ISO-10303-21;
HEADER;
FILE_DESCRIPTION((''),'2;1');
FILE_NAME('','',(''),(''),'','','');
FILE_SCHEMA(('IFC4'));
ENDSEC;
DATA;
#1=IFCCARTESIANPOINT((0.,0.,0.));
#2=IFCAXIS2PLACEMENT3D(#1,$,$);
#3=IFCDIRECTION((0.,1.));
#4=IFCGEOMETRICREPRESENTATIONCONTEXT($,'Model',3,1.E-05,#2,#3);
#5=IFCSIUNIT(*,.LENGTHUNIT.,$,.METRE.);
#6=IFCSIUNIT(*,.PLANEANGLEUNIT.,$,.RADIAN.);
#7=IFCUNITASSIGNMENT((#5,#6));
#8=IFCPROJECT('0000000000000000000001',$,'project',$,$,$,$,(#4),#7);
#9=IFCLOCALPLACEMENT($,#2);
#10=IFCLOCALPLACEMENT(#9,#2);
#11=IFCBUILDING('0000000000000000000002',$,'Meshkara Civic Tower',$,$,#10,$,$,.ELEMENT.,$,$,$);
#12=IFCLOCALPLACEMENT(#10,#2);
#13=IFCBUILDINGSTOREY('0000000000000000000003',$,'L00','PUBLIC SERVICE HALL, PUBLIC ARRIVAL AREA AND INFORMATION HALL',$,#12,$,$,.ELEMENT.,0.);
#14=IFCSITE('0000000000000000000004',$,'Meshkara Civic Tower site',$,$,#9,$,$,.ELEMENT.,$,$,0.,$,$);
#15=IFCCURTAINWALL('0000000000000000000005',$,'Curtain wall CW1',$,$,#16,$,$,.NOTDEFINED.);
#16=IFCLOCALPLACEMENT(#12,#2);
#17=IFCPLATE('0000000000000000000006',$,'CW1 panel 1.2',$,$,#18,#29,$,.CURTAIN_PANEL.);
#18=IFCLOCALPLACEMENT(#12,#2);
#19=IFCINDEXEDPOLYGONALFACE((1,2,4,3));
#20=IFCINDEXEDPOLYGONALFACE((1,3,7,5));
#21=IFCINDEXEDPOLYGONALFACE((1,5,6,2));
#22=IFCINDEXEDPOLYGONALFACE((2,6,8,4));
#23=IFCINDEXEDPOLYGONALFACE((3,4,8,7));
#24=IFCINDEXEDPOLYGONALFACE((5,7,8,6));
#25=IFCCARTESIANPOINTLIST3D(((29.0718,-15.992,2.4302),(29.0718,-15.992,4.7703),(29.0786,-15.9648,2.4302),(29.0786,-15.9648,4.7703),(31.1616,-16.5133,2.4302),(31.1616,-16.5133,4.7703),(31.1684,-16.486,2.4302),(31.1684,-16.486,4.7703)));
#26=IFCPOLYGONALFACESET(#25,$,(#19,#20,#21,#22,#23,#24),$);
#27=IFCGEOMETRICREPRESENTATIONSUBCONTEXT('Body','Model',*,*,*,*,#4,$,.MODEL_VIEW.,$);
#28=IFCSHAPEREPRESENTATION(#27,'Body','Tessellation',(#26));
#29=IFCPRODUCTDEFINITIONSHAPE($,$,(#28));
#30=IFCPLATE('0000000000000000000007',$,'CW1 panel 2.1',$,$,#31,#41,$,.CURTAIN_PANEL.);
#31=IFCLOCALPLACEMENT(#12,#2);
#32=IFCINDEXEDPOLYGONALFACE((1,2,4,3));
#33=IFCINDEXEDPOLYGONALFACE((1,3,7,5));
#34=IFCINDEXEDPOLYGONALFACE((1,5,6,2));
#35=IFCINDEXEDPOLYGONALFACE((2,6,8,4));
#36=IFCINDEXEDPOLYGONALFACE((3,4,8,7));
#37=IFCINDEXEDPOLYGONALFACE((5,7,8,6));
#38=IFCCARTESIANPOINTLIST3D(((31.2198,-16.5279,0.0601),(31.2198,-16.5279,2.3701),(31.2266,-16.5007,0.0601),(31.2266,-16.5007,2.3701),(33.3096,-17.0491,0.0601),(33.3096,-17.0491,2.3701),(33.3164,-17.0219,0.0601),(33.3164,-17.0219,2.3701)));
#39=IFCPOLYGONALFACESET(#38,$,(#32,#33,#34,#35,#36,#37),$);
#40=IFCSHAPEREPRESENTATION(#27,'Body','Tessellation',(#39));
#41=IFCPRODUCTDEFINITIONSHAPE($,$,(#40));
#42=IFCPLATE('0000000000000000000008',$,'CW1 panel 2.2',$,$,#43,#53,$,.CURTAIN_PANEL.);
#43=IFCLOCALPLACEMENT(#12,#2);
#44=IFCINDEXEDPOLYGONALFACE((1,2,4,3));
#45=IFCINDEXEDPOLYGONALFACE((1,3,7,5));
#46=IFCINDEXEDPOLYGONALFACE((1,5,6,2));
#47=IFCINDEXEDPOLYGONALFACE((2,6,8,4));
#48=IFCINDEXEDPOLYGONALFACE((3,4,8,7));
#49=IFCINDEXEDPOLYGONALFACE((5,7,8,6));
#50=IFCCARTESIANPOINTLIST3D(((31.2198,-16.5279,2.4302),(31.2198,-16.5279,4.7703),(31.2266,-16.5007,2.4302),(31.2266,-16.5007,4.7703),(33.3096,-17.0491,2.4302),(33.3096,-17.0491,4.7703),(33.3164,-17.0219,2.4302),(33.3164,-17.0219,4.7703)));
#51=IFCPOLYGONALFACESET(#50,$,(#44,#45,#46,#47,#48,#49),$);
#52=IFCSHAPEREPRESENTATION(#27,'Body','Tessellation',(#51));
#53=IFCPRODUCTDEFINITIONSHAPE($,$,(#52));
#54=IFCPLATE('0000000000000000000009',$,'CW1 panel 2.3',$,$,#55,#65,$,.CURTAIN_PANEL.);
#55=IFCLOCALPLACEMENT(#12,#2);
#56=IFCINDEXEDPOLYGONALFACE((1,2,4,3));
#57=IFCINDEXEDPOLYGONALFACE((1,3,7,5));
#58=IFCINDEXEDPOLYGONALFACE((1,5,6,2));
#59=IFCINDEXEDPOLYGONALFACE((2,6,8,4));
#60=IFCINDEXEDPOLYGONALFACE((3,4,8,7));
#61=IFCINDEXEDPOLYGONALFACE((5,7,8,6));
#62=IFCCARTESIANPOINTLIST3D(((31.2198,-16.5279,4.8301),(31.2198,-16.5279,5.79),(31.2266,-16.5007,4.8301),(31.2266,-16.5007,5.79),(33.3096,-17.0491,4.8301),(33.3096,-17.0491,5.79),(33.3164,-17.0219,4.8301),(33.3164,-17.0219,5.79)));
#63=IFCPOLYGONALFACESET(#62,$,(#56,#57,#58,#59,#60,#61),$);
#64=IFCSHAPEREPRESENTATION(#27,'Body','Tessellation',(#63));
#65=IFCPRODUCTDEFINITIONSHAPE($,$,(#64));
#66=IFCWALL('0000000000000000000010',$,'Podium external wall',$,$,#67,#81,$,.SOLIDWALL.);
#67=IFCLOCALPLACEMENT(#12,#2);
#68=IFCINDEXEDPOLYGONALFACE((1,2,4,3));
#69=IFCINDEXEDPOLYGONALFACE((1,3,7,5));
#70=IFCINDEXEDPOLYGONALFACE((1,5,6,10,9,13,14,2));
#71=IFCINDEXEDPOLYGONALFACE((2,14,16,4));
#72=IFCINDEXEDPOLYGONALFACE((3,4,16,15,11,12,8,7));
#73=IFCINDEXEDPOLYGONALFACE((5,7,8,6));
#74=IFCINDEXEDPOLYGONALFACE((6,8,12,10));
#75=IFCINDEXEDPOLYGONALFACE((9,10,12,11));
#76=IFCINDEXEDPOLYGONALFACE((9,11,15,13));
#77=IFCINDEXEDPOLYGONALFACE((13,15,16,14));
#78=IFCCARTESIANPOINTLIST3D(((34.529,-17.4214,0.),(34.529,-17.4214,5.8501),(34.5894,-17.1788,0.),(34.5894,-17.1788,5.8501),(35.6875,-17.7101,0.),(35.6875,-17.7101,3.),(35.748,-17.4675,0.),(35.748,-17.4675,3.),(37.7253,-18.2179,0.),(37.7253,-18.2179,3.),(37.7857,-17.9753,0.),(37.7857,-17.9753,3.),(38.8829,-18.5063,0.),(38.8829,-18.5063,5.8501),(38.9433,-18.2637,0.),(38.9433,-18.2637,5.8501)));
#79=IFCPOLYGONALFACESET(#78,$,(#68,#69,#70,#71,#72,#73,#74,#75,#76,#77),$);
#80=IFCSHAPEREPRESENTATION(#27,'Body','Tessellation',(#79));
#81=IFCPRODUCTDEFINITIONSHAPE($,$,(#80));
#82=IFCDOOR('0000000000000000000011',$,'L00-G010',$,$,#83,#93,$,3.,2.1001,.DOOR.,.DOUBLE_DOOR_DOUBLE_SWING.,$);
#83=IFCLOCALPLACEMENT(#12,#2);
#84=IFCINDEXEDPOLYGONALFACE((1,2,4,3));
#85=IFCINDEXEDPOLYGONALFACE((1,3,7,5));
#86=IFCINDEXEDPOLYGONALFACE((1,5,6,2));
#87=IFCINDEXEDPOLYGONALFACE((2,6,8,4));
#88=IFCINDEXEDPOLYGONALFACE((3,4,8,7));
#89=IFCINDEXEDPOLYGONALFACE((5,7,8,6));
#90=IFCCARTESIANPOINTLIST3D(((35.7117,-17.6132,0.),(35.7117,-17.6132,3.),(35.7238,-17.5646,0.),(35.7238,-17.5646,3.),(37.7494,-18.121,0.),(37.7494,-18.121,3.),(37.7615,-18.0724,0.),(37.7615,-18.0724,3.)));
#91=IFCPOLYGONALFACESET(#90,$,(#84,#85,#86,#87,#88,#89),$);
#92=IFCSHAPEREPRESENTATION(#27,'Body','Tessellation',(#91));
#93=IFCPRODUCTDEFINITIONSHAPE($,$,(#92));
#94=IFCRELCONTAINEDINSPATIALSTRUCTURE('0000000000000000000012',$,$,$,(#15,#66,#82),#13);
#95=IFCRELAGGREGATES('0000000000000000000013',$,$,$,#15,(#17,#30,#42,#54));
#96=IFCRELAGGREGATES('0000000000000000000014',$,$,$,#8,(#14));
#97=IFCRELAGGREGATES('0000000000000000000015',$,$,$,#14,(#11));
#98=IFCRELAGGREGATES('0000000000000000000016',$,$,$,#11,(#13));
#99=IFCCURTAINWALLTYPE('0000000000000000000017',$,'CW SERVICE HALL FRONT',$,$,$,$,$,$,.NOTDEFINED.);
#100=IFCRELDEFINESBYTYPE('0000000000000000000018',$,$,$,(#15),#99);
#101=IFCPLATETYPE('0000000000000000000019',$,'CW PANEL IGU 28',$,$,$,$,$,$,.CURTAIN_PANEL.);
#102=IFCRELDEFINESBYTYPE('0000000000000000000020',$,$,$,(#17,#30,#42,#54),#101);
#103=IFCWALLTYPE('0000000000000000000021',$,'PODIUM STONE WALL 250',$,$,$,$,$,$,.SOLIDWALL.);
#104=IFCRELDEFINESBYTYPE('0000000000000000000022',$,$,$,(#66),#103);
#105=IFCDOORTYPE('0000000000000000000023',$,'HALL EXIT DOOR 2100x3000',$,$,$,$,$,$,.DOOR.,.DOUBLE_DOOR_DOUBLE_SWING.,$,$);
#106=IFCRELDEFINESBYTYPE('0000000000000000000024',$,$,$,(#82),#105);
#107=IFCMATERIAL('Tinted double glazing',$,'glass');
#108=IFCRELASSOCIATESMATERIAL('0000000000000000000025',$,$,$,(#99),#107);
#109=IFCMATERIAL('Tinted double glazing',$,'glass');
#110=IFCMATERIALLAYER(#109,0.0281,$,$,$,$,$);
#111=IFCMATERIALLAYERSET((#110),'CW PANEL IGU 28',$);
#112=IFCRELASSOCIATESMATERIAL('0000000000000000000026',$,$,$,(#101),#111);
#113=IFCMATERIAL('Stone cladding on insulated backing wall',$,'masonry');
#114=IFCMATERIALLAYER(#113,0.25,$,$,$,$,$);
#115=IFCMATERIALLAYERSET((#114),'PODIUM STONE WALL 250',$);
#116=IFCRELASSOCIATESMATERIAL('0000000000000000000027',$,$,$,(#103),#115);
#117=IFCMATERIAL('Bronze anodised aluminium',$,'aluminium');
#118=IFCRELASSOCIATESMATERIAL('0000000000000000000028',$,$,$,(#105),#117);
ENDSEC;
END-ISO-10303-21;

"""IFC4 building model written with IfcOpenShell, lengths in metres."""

from ifc_helpers import new_model, si_unit, direction, frame, frame_2d, origin, origin_2d, place, context, subcontext, project, spatial, rectangle, extrude, material, layer, layer_set, type_object, element, fill, aggregate, save


model = new_model("IFC4")

# Units and contexts
model_context = context("Model", 3, precision=1e-05, world=origin(), true_north=direction((0.0, 1.0)))
body_context = subcontext(model_context, "Body", "Model", "MODEL_VIEW")
ifc_project = project(units=[si_unit("LENGTHUNIT", "METRE"), si_unit("PLANEANGLEUNIT", "RADIAN")], contexts=[model_context])

# Site, building, storey
site_placement = place(None, origin())
site = spatial("IfcSite", under=ifc_project, at=site_placement, Name="Meshkara Civic Tower site", CompositionType="ELEMENT", RefElevation=0.0)
building_placement = place(site_placement, origin())
building = spatial("IfcBuilding", under=site, at=building_placement, Name="Meshkara Civic Tower", CompositionType="ELEMENT")
storey_placement = place(building_placement, origin())
storey = spatial("IfcBuildingStorey", under=building, at=storey_placement, Name="L00", Description="PUBLIC SERVICE HALL, PUBLIC ARRIVAL AREA AND INFORMATION HALL", CompositionType="ELEMENT", Elevation=0.0)

# Curtain wall
ifc_material_1 = material(Name="Tinted double glazing", Category="glass")
curtain_wall_type = type_object("IfcCurtainWallType", Name="CW SERVICE HALL FRONT", PredefinedType="NOTDEFINED", material=ifc_material_1)
curtain_wall_1_placement = place(storey_placement, origin())
curtain_wall_1 = element("IfcCurtainWall", 1, at=curtain_wall_1_placement, inside=storey, type_object=curtain_wall_type, Name="Curtain wall CW1", PredefinedType="NOTDEFINED")

# Plates
ifc_material_2 = material(Name="Tinted double glazing", Category="glass")
ifc_layer_1 = layer(ifc_material_2, 0.0281)
ifc_layer_set_1 = layer_set([ifc_layer_1], Name="CW PANEL IGU 28")
plate_type = type_object("IfcPlateType", Name="CW PANEL IGU 28", PredefinedType="CURTAIN_PANEL", material=ifc_layer_set_1)
plate_1_placement = place(storey_placement, frame((30.1201, -16.239, 2.4302), z_axis=(0.0, 0.0, 1.0), x_axis=(0.970273, -0.242011, 0.0)))
plate_1 = element("IfcPlate", 2, at=plate_1_placement, type_object=plate_type, Name="CW1 panel 1.2", PredefinedType="CURTAIN_PANEL", context=body_context, shape_type="SweptSolid", body=[
    extrude(rectangle(XDim=2.1538, YDim=0.0281, at=origin_2d()), origin(), (0.0, 0.0, 1.0), 2.3401),
])
plate_2_placement = place(storey_placement, frame((32.2681, -16.7749, 0.0601), z_axis=(0.0, 0.0, 1.0), x_axis=(0.970273, -0.242011, 0.0)))
plate_2 = element("IfcPlate", 3, at=plate_2_placement, type_object=plate_type, Name="CW1 panel 2.1", PredefinedType="CURTAIN_PANEL", context=body_context, shape_type="SweptSolid", body=[
    extrude(rectangle(XDim=2.1538, YDim=0.0281, at=origin_2d()), origin(), (0.0, 0.0, 1.0), 2.3101),
])
plate_3_placement = place(storey_placement, frame((32.2681, -16.7749, 2.4302), z_axis=(0.0, 0.0, 1.0), x_axis=(0.970273, -0.242011, 0.0)))
plate_3 = element("IfcPlate", 4, at=plate_3_placement, type_object=plate_type, Name="CW1 panel 2.2", PredefinedType="CURTAIN_PANEL", context=body_context, shape_type="SweptSolid", body=[
    extrude(rectangle(XDim=2.1538, YDim=0.0281, at=origin_2d()), origin(), (0.0, 0.0, 1.0), 2.3401),
])
plate_4_placement = place(storey_placement, frame((32.2681, -16.7749, 4.8301), z_axis=(0.0, 0.0, 1.0), x_axis=(0.970273, -0.242011, 0.0)))
plate_4 = element("IfcPlate", 5, at=plate_4_placement, type_object=plate_type, Name="CW1 panel 2.3", PredefinedType="CURTAIN_PANEL", context=body_context, shape_type="SweptSolid", body=[
    extrude(rectangle(XDim=2.1538, YDim=0.0281, at=origin_2d()), origin(), (0.0, 0.0, 1.0), 0.96),
])
aggregate(curtain_wall_1, [plate_1, plate_2, plate_3, plate_4])

# Wall, opening, door
ifc_material_3 = material(Name="Stone cladding on insulated backing wall", Category="masonry")
ifc_layer_2 = layer(ifc_material_3, 0.25)
ifc_layer_set_2 = layer_set([ifc_layer_2], Name="PODIUM STONE WALL 250")
wall_type = type_object("IfcWallType", Name="PODIUM STONE WALL 250", PredefinedType="SOLIDWALL", material=ifc_layer_set_2)
wall_placement = place(storey_placement, frame((34.5591, -17.3, 0.0), z_axis=(0.0, 0.0, 1.0), x_axis=(0.970328, -0.241793, 0.0)))
wall = element("IfcWall", 6, at=wall_placement, inside=storey, type_object=wall_type, Name="Podium external wall", PredefinedType="SOLIDWALL", context=body_context, shape_type="SweptSolid", body=[
    extrude(rectangle(XDim=4.4871, YDim=0.25, at=frame_2d((2.2437, 0.0))), origin(), (0.0, 0.0, 1.0), 5.8501),
])
opening_placement = place(wall_placement, frame((1.1941, 0.0, 0.0)))
opening = element("IfcOpeningElement", 7, at=opening_placement, cuts=wall, PredefinedType="OPENING", context=body_context, shape_type="SweptSolid", body=[
    extrude(rectangle(XDim=2.1001, YDim=3.0, at=frame_2d((1.05, 1.5))), frame((0.0, 0.135, 0.0), z_axis=(0.0, -1.0, 0.0), x_axis=(1.0, 0.0, 0.0)), (0.0, 0.0, 1.0), 0.27),
])
ifc_material_4 = material(Name="Bronze anodised aluminium", Category="aluminium")
door_type = type_object("IfcDoorType", Name="HALL EXIT DOOR 2100x3000", OperationType="DOUBLE_DOOR_DOUBLE_SWING", PredefinedType="DOOR", material=ifc_material_4)
door_placement = place(opening_placement, origin())
door = element("IfcDoor", 8, at=door_placement, inside=storey, type_object=door_type, Name="L00-G010", OperationType="DOUBLE_DOOR_DOUBLE_SWING", OverallHeight=3.0, OverallWidth=2.1001, PredefinedType="DOOR", context=body_context, shape_type="SweptSolid", body=[
    extrude(rectangle(XDim=2.1001, YDim=3.0, at=frame_2d((1.05, 1.5))), frame((0.0, 0.0249, 0.0), z_axis=(0.0, -1.0, 0.0), x_axis=(1.0, 0.0, 0.0)), (0.0, 0.0, 1.0), 0.05),
])
fill(opening, door)

save(model, "model.ifc")
